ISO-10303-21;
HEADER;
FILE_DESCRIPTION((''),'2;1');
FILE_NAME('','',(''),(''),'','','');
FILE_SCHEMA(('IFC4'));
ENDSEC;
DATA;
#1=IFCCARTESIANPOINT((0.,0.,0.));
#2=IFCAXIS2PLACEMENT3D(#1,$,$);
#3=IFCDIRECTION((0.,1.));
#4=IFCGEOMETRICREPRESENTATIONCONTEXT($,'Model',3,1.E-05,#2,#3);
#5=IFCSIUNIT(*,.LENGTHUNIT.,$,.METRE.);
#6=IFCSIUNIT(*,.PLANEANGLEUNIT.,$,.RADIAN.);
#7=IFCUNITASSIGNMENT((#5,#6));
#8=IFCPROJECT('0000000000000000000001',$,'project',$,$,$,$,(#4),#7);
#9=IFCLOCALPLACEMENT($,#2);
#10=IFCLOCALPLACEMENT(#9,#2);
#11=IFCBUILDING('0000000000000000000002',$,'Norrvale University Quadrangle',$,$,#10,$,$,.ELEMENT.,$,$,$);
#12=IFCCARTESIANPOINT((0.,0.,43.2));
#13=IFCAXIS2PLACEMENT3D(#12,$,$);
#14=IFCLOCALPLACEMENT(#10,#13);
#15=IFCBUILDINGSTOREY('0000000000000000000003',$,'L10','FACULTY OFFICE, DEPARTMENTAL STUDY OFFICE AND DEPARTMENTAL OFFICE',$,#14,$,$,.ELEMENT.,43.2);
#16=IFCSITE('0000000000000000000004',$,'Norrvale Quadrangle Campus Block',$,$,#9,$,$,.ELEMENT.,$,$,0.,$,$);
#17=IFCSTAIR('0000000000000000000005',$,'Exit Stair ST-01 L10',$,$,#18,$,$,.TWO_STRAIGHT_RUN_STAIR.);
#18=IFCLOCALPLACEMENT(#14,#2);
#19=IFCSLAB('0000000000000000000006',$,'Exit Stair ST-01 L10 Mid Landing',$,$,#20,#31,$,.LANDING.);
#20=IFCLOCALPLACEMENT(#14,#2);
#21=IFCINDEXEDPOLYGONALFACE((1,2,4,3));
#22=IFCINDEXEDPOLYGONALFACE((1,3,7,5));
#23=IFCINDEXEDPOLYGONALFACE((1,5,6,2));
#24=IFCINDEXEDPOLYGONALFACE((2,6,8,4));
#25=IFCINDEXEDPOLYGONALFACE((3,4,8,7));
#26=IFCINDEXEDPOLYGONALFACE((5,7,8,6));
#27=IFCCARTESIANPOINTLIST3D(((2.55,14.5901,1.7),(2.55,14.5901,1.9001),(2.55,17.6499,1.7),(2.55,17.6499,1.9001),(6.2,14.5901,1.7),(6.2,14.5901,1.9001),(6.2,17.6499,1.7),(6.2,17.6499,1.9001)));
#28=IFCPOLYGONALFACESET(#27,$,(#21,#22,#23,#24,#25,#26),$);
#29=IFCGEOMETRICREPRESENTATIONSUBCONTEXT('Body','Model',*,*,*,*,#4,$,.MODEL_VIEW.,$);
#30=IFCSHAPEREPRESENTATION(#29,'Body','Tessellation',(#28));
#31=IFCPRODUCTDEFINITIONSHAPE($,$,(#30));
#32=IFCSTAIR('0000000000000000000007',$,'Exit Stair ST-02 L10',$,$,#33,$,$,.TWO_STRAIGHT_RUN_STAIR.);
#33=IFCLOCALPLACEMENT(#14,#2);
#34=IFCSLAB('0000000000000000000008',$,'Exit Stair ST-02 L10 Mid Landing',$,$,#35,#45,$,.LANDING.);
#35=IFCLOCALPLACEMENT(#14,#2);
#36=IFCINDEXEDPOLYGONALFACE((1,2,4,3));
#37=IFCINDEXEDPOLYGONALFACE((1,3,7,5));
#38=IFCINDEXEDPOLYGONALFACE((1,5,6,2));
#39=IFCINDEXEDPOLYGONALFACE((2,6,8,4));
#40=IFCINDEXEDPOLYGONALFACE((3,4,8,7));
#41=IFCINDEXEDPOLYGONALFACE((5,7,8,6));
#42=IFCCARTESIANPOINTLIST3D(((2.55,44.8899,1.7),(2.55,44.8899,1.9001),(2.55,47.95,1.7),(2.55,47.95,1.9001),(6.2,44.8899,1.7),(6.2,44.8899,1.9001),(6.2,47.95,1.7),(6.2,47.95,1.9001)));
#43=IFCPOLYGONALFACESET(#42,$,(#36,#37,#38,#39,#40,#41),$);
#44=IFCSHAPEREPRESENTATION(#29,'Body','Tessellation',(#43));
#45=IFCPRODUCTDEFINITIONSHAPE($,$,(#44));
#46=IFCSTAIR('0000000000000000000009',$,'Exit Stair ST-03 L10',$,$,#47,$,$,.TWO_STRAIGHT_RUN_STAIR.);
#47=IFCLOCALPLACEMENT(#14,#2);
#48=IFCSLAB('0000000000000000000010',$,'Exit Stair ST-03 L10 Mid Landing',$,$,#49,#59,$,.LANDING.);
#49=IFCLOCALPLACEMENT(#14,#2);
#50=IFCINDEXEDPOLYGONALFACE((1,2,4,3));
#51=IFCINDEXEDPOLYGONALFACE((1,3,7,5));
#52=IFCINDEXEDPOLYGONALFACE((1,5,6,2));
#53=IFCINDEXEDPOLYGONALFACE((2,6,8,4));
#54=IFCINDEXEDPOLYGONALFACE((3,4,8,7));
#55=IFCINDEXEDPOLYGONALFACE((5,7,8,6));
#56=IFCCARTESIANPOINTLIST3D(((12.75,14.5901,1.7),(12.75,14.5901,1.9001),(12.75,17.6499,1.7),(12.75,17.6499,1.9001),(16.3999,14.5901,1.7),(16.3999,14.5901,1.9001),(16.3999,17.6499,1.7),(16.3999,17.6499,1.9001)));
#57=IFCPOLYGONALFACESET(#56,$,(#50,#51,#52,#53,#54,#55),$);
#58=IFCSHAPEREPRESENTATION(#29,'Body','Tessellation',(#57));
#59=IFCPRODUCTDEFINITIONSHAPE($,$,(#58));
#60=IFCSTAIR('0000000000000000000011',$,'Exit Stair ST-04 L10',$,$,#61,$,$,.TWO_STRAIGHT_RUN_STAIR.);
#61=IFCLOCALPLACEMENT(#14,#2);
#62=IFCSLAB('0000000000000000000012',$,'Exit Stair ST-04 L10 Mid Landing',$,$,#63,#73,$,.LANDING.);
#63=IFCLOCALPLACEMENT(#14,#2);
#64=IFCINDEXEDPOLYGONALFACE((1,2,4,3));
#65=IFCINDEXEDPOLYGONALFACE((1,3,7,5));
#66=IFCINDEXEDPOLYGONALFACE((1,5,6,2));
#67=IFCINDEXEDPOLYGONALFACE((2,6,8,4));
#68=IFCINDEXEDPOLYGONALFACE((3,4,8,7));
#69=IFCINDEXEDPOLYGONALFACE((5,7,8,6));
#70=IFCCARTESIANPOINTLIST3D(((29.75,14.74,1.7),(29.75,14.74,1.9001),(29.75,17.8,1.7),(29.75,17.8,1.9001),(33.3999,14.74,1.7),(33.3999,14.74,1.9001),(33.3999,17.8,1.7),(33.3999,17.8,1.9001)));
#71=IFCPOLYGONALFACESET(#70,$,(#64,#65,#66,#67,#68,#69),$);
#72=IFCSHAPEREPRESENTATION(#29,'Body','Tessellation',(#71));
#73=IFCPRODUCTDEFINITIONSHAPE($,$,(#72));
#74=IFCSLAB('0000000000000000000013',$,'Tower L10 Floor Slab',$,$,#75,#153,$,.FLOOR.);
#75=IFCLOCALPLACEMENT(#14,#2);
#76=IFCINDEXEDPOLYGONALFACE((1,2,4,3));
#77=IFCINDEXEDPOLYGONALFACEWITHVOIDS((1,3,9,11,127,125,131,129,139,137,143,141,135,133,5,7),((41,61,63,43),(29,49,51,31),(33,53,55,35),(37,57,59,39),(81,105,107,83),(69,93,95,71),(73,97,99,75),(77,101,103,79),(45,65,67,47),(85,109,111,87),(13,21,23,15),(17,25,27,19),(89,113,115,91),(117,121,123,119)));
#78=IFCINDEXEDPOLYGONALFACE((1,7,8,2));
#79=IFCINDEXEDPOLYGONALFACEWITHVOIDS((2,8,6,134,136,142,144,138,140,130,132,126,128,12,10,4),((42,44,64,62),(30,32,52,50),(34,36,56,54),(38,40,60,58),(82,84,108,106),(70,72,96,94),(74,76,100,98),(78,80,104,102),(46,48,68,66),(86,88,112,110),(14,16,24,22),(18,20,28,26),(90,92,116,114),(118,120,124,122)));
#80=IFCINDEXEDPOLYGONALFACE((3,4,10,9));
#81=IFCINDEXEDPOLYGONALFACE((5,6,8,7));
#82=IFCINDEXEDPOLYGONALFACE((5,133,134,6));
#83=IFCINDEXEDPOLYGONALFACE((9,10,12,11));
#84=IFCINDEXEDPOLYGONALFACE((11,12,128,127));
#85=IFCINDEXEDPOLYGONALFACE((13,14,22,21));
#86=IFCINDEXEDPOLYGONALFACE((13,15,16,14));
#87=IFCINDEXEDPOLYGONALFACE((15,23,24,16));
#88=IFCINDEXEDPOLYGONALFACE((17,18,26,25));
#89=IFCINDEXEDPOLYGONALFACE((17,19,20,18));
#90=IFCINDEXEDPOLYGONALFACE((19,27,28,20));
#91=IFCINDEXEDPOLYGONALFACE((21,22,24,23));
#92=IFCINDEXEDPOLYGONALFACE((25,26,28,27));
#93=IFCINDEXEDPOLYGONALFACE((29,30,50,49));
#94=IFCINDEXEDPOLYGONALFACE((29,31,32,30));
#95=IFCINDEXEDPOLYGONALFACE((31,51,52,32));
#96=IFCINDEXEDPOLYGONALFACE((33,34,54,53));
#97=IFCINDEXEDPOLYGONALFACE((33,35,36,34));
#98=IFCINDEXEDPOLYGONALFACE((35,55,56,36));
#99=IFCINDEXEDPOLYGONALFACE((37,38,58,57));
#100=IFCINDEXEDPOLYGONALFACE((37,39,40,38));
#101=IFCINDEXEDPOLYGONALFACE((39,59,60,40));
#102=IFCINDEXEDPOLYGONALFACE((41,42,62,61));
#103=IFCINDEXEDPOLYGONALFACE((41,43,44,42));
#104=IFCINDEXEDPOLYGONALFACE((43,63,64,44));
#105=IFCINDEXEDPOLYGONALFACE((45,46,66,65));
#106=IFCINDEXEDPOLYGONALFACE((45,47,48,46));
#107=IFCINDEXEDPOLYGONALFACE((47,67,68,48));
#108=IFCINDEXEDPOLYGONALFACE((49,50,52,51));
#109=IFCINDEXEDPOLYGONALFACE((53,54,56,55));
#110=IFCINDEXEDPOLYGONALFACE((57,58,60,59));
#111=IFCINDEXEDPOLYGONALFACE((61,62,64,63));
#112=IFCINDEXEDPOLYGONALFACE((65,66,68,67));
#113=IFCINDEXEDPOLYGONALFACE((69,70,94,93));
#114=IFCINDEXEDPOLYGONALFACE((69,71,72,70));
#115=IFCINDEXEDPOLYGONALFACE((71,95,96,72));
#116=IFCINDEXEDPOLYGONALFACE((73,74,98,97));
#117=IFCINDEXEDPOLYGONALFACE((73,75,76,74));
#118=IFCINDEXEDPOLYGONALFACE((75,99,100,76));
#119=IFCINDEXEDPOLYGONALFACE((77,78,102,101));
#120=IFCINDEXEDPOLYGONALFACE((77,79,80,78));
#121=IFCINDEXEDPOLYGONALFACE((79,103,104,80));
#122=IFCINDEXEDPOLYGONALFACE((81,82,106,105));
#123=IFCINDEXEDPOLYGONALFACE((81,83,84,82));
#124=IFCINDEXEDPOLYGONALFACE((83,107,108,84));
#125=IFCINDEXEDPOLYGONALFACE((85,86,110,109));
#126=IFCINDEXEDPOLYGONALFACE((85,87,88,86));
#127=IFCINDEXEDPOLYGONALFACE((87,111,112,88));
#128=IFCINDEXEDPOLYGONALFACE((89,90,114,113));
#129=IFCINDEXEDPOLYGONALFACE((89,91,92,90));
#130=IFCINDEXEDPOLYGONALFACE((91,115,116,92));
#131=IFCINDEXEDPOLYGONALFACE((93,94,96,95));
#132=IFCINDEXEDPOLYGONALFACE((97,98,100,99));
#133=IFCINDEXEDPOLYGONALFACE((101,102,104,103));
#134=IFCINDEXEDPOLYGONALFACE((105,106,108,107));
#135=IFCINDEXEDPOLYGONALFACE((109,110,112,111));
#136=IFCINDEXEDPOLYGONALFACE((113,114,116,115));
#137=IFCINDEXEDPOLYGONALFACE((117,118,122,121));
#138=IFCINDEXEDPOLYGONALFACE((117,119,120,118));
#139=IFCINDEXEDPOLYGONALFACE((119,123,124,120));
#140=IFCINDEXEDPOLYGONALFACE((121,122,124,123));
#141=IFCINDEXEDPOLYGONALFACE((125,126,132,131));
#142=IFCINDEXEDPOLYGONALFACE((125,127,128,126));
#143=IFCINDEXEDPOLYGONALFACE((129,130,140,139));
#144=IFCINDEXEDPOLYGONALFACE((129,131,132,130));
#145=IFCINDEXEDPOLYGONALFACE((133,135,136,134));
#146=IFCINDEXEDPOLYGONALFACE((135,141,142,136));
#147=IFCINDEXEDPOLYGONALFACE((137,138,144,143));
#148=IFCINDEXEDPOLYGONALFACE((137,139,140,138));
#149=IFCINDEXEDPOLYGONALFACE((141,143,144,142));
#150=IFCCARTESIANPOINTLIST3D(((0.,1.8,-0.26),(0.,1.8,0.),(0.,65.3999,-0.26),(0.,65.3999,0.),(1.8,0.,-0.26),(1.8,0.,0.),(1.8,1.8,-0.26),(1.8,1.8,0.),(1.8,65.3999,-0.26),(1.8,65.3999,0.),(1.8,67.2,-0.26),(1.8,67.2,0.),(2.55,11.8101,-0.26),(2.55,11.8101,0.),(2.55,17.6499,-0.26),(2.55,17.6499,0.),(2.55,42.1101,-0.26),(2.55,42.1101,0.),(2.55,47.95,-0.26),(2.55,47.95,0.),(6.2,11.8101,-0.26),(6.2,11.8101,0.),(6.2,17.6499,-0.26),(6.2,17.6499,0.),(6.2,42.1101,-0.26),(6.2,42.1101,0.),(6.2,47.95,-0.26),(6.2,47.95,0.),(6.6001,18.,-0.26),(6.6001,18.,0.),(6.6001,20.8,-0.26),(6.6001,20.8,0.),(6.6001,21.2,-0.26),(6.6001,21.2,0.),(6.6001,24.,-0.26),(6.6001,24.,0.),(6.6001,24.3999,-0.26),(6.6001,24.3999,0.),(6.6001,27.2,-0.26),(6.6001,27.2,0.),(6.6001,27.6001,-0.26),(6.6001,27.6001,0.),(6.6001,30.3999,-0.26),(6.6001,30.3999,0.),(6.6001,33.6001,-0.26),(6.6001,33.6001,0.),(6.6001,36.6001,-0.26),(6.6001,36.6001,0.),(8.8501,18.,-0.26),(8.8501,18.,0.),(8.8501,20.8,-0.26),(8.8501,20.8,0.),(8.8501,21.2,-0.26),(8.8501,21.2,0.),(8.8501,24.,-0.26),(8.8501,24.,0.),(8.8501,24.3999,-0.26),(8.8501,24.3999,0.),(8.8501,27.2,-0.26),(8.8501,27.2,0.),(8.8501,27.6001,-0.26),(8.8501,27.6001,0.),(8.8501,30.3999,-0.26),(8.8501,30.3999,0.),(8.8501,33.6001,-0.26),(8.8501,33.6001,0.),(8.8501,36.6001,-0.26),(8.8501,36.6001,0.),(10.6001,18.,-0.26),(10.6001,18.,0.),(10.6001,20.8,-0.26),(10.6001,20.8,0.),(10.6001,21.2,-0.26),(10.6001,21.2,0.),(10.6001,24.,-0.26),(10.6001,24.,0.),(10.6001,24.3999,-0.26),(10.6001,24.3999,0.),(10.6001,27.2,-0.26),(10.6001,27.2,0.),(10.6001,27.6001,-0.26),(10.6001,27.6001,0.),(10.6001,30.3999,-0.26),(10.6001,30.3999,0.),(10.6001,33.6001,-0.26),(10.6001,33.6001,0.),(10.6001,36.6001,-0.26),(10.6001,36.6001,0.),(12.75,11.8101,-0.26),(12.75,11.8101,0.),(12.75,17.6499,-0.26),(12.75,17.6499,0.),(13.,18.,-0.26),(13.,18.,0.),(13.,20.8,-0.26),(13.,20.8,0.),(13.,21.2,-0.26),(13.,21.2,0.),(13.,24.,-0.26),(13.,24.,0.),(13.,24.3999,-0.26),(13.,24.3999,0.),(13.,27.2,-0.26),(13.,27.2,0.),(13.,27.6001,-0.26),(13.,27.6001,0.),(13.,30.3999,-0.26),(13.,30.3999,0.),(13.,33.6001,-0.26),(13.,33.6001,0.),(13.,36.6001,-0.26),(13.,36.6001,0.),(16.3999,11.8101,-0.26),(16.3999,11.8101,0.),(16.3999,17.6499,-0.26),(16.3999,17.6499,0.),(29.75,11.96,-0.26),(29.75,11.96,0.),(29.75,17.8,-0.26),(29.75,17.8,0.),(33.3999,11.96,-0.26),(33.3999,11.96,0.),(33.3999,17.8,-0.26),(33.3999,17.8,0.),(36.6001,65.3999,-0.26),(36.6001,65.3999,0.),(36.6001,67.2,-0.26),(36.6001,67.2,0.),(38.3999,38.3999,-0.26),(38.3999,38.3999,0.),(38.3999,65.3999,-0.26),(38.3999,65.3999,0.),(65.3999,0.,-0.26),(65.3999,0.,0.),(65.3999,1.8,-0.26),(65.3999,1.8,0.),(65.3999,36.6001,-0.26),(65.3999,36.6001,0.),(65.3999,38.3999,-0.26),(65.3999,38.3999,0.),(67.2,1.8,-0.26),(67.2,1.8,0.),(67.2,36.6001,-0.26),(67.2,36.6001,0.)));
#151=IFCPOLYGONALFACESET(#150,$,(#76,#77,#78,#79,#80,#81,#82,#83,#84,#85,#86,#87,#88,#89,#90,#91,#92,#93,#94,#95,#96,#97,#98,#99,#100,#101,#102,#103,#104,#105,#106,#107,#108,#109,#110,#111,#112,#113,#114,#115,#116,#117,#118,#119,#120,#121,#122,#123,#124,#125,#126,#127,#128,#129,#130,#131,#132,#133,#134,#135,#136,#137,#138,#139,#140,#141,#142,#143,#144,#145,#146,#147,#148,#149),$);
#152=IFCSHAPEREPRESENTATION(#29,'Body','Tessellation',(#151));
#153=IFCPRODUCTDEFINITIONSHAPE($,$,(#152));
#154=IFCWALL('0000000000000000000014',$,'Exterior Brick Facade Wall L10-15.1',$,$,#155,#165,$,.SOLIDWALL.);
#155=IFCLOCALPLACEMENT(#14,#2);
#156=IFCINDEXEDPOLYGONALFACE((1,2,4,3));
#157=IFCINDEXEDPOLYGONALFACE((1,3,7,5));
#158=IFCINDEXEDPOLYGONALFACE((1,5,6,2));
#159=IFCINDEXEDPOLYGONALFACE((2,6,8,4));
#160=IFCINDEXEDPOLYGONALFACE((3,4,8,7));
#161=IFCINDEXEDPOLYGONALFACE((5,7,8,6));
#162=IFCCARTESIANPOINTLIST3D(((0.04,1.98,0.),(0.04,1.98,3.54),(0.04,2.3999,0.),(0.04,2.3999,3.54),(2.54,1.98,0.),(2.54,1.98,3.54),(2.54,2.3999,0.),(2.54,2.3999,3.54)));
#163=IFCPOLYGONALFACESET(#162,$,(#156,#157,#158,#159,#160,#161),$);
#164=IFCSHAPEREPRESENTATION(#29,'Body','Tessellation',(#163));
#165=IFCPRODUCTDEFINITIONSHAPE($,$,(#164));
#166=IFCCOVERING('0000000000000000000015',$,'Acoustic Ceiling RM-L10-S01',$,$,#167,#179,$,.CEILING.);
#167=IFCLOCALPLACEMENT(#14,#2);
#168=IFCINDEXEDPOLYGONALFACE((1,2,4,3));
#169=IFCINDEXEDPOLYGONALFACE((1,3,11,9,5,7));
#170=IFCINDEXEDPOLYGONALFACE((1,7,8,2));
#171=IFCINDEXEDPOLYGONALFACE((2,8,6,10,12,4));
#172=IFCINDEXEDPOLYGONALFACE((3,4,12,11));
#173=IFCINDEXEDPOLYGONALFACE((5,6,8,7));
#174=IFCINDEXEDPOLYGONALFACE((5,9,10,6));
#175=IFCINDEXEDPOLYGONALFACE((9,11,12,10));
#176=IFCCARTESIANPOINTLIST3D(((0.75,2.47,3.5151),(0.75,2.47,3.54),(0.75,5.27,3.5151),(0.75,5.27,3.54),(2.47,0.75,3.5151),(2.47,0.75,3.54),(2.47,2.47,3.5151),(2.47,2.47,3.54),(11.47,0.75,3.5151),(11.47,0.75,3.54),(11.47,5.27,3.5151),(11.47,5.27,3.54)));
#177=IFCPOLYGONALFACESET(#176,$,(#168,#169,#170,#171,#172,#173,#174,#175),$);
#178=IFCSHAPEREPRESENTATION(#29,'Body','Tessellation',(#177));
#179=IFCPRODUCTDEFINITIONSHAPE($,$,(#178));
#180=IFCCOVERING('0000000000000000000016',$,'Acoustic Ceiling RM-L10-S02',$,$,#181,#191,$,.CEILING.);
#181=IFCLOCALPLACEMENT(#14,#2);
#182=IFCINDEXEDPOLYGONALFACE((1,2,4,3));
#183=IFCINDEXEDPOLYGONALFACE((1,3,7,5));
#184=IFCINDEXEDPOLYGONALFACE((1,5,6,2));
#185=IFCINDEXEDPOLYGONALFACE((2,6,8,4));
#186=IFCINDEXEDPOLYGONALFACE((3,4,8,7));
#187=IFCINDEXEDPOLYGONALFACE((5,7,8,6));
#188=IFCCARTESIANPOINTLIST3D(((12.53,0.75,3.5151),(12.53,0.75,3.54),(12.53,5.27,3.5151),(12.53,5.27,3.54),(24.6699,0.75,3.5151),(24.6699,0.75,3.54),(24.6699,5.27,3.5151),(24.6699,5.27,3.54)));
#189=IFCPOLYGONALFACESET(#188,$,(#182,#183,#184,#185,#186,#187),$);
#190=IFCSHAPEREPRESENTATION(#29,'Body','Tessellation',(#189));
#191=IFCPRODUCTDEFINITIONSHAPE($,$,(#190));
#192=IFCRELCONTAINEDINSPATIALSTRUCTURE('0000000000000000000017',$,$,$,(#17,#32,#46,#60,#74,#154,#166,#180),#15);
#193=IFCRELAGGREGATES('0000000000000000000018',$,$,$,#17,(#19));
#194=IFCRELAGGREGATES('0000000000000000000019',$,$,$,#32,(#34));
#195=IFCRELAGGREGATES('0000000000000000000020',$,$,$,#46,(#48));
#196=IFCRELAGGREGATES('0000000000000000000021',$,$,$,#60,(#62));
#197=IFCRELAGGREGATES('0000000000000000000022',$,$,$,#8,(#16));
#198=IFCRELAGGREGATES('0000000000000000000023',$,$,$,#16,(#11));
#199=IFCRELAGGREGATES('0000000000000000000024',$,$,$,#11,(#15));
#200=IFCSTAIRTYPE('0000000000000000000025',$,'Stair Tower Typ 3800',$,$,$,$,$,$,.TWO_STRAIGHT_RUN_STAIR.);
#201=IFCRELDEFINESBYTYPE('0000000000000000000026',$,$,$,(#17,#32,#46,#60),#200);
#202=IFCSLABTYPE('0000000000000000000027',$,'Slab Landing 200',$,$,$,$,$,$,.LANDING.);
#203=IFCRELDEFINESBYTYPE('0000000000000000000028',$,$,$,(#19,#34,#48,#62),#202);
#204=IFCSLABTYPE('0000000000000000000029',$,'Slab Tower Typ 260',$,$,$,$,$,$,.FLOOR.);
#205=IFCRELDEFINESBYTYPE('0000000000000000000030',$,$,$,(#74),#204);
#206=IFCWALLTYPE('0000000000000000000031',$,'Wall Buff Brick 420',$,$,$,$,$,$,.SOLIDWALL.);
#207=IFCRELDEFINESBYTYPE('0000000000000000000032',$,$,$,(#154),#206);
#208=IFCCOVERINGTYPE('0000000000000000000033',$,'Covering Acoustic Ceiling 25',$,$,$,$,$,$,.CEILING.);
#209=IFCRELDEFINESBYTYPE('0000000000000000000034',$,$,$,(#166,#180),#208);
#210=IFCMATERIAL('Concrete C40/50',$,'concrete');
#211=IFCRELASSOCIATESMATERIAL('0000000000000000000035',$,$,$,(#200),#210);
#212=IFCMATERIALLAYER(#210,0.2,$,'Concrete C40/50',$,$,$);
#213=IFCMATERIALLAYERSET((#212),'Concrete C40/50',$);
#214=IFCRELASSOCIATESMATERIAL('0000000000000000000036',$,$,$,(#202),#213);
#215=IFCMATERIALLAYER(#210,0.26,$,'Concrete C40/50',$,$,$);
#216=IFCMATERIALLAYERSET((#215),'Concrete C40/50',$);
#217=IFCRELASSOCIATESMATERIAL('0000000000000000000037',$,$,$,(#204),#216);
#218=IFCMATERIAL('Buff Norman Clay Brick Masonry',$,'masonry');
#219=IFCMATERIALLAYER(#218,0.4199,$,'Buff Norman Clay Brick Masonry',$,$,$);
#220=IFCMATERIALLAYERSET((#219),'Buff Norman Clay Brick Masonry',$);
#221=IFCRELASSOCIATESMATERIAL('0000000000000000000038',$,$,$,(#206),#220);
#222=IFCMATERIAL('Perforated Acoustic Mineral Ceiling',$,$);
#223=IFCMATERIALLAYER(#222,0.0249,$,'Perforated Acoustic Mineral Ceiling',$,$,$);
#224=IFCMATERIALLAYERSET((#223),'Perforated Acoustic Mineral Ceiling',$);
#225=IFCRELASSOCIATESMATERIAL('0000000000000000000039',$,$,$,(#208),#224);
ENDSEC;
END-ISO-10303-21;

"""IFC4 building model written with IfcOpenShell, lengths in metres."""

from ifc_helpers import new_model, si_unit, direction, frame, frame_2d, origin, place, context, subcontext, project, spatial, polyline, rectangle, outline, extrude, material, layer, layer_set, type_object, element, aggregate, save


model = new_model("IFC4")

# Units and contexts
model_context = context("Model", 3, precision=1e-05, world=origin(), true_north=direction((0.0, 1.0)))
body_context = subcontext(model_context, "Body", "Model", "MODEL_VIEW")
ifc_project = project(units=[si_unit("LENGTHUNIT", "METRE"), si_unit("PLANEANGLEUNIT", "RADIAN")], contexts=[model_context])

# Site, building, storey
site_placement = place(None, origin())
site = spatial("IfcSite", under=ifc_project, at=site_placement, Name="Norrvale Quadrangle Campus Block", CompositionType="ELEMENT", RefElevation=0.0)
building_placement = place(site_placement, origin())
building = spatial("IfcBuilding", under=site, at=building_placement, Name="Norrvale University Quadrangle", CompositionType="ELEMENT")
storey_placement = place(building_placement, frame((0.0, 0.0, 43.2)))
storey = spatial("IfcBuildingStorey", under=building, at=storey_placement, Name="L10", Description="FACULTY OFFICE, DEPARTMENTAL STUDY OFFICE AND DEPARTMENTAL OFFICE", CompositionType="ELEMENT", Elevation=43.2)

# Stairs, slabs
ifc_material_1 = material(Name="Concrete C40/50", Category="concrete")
stair_type = type_object("IfcStairType", Name="Stair Tower Typ 3800", PredefinedType="TWO_STRAIGHT_RUN_STAIR", material=ifc_material_1)
stair_1_placement = place(storey_placement, origin())
stair_1 = element("IfcStair", 1, at=stair_1_placement, inside=storey, type_object=stair_type, Name="Exit Stair ST-01 L10", PredefinedType="TWO_STRAIGHT_RUN_STAIR")
ifc_layer_1 = layer(ifc_material_1, 0.2, Name="Concrete C40/50")
ifc_layer_set_1 = layer_set([ifc_layer_1], Name="Concrete C40/50")
slab_type_1 = type_object("IfcSlabType", Name="Slab Landing 200", PredefinedType="LANDING", material=ifc_layer_set_1)
slab_1_placement = place(storey_placement, frame((0.0, 0.0, 1.7)))
slab_1 = element("IfcSlab", 2, at=slab_1_placement, type_object=slab_type_1, Name="Exit Stair ST-01 L10 Mid Landing", PredefinedType="LANDING", context=body_context, shape_type="SweptSolid", body=[
    extrude(outline(polyline([(2.55, 14.5901), (6.2, 14.5901), (6.2, 17.6499), (2.55, 17.6499), (2.55, 14.5901)])), origin(), (0.0, 0.0, 1.0), 0.2002),
])
aggregate(stair_1, [slab_1])
stair_2_placement = place(storey_placement, origin())
stair_2 = element("IfcStair", 3, at=stair_2_placement, inside=storey, type_object=stair_type, Name="Exit Stair ST-02 L10", PredefinedType="TWO_STRAIGHT_RUN_STAIR")
slab_2_placement = place(storey_placement, frame((0.0, 0.0, 1.7)))
slab_2 = element("IfcSlab", 4, at=slab_2_placement, type_object=slab_type_1, Name="Exit Stair ST-02 L10 Mid Landing", PredefinedType="LANDING", context=body_context, shape_type="SweptSolid", body=[
    extrude(outline(polyline([(2.55, 44.8899), (6.2, 44.8899), (6.2, 47.95), (2.55, 47.95), (2.55, 44.8899)])), origin(), (0.0, 0.0, 1.0), 0.2002),
])
aggregate(stair_2, [slab_2])
stair_3_placement = place(storey_placement, origin())
stair_3 = element("IfcStair", 5, at=stair_3_placement, inside=storey, type_object=stair_type, Name="Exit Stair ST-03 L10", PredefinedType="TWO_STRAIGHT_RUN_STAIR")
slab_3_placement = place(storey_placement, frame((0.0, 0.0, 1.7)))
slab_3 = element("IfcSlab", 6, at=slab_3_placement, type_object=slab_type_1, Name="Exit Stair ST-03 L10 Mid Landing", PredefinedType="LANDING", context=body_context, shape_type="SweptSolid", body=[
    extrude(outline(polyline([(12.75, 14.5901), (16.3999, 14.5901), (16.3999, 17.6499), (12.75, 17.6499), (12.75, 14.5901)])), origin(), (0.0, 0.0, 1.0), 0.2002),
])
aggregate(stair_3, [slab_3])
stair_4_placement = place(storey_placement, origin())
stair_4 = element("IfcStair", 7, at=stair_4_placement, inside=storey, type_object=stair_type, Name="Exit Stair ST-04 L10", PredefinedType="TWO_STRAIGHT_RUN_STAIR")
slab_4_placement = place(storey_placement, frame((0.0, 0.0, 1.7)))
slab_4 = element("IfcSlab", 8, at=slab_4_placement, type_object=slab_type_1, Name="Exit Stair ST-04 L10 Mid Landing", PredefinedType="LANDING", context=body_context, shape_type="SweptSolid", body=[
    extrude(outline(polyline([(29.75, 14.74), (33.3999, 14.74), (33.3999, 17.8), (29.75, 17.8), (29.75, 14.74)])), origin(), (0.0, 0.0, 1.0), 0.2002),
])
aggregate(stair_4, [slab_4])

# Slab
ifc_layer_2 = layer(ifc_material_1, 0.26, Name="Concrete C40/50")
ifc_layer_set_2 = layer_set([ifc_layer_2], Name="Concrete C40/50")
slab_type_2 = type_object("IfcSlabType", Name="Slab Tower Typ 260", PredefinedType="FLOOR", material=ifc_layer_set_2)
slab_5_placement = place(storey_placement, frame((0.0, 0.0, -0.26)))
element("IfcSlab", 9, at=slab_5_placement, inside=storey, type_object=slab_type_2, Name="Tower L10 Floor Slab", PredefinedType="FLOOR", context=body_context, shape_type="SweptSolid", body=[
    extrude(outline(polyline([(1.8, 0.0), (65.3999, 0.0), (65.3999, 1.8), (67.2, 1.8), (67.2, 36.6001), (65.3999, 36.6001), (65.3999, 38.3999), (38.3999, 38.3999), (38.3999, 65.3999), (36.6001, 65.3999), (36.6001, 67.2), (1.8, 67.2), (1.8, 65.3999), (0.0, 65.3999), (0.0, 1.8), (1.8, 1.8), (1.8, 0.0)]), holes=[polyline([(2.55, 11.8101), (6.2, 11.8101), (6.2, 17.6499), (2.55, 17.6499), (2.55, 11.8101)]), polyline([(2.55, 42.1101), (6.2, 42.1101), (6.2, 47.95), (2.55, 47.95), (2.55, 42.1101)]), polyline([(12.75, 11.8101), (16.3999, 11.8101), (16.3999, 17.6499), (12.75, 17.6499), (12.75, 11.8101)]), polyline([(29.75, 11.96), (33.3999, 11.96), (33.3999, 17.8), (29.75, 17.8), (29.75, 11.96)]), polyline([(6.6001, 18.0), (8.8501, 18.0), (8.8501, 20.8), (6.6001, 20.8), (6.6001, 18.0)]), polyline([(6.6001, 21.2), (8.8501, 21.2), (8.8501, 24.0), (6.6001, 24.0), (6.6001, 21.2)]), polyline([(6.6001, 24.3999), (8.8501, 24.3999), (8.8501, 27.2), (6.6001, 27.2), (6.6001, 24.3999)]), polyline([(6.6001, 27.6001), (8.8501, 27.6001), (8.8501, 30.3999), (6.6001, 30.3999), (6.6001, 27.6001)]), polyline([(10.6001, 18.0), (13.0, 18.0), (13.0, 20.8), (10.6001, 20.8), (10.6001, 18.0)]), polyline([(10.6001, 21.2), (13.0, 21.2), (13.0, 24.0), (10.6001, 24.0), (10.6001, 21.2)]), polyline([(10.6001, 24.3999), (13.0, 24.3999), (13.0, 27.2), (10.6001, 27.2), (10.6001, 24.3999)]), polyline([(10.6001, 27.6001), (13.0, 27.6001), (13.0, 30.3999), (10.6001, 30.3999), (10.6001, 27.6001)]), polyline([(6.6001, 33.6001), (8.8501, 33.6001), (8.8501, 36.6001), (6.6001, 36.6001), (6.6001, 33.6001)]), polyline([(10.6001, 33.6001), (13.0, 33.6001), (13.0, 36.6001), (10.6001, 36.6001), (10.6001, 33.6001)])]), origin(), (0.0, 0.0, 1.0), 0.26),
])

# Wall
ifc_material_2 = material(Name="Buff Norman Clay Brick Masonry", Category="masonry")
ifc_layer_3 = layer(ifc_material_2, 0.4199, Name="Buff Norman Clay Brick Masonry")
ifc_layer_set_3 = layer_set([ifc_layer_3], Name="Buff Norman Clay Brick Masonry")
wall_type = type_object("IfcWallType", Name="Wall Buff Brick 420", PredefinedType="SOLIDWALL", material=ifc_layer_set_3)
wall_placement = place(storey_placement, frame((0.04, 2.1899, 0.0), z_axis=(0.0, 0.0, 1.0), x_axis=(1.0, 0.0, 0.0)))
element("IfcWall", 10, at=wall_placement, inside=storey, type_object=wall_type, Name="Exterior Brick Facade Wall L10-15.1", PredefinedType="SOLIDWALL", context=body_context, shape_type="SweptSolid", body=[
    extrude(rectangle(XDim=2.5, YDim=0.4199, at=frame_2d((1.25, 0.0))), origin(), (0.0, 0.0, 1.0), 3.54),
])

# Coverings
ifc_material_3 = material(Name="Perforated Acoustic Mineral Ceiling")
ifc_layer_4 = layer(ifc_material_3, 0.0249, Name="Perforated Acoustic Mineral Ceiling")
ifc_layer_set_4 = layer_set([ifc_layer_4], Name="Perforated Acoustic Mineral Ceiling")
covering_type_1 = type_object("IfcCoveringType", Name="Covering Acoustic Ceiling 25", PredefinedType="CEILING", material=ifc_layer_set_4)
covering_1_placement = place(storey_placement, frame((0.0, 0.0, 3.5151)))
element("IfcCovering", 11, at=covering_1_placement, inside=storey, type_object=covering_type_1, Name="Acoustic Ceiling RM-L10-S01", PredefinedType="CEILING", context=body_context, shape_type="SweptSolid", body=[
    extrude(outline(polyline([(0.75, 5.27), (11.47, 5.27), (11.47, 0.75), (2.47, 0.75), (2.47, 2.47), (0.75, 2.47), (0.75, 5.27)])), origin(), (0.0, 0.0, 1.0), 0.0249),
])
covering_2_placement = place(storey_placement, frame((0.0, 0.0, 3.5151)))
element("IfcCovering", 12, at=covering_2_placement, inside=storey, type_object=covering_type_1, Name="Acoustic Ceiling RM-L10-S02", PredefinedType="CEILING", context=body_context, shape_type="SweptSolid", body=[
    extrude(outline(polyline([(12.53, 5.27), (24.6699, 5.27), (24.6699, 0.75), (12.53, 0.75), (12.53, 5.27)])), origin(), (0.0, 0.0, 1.0), 0.0249),
])

save(model, "model.ifc")
